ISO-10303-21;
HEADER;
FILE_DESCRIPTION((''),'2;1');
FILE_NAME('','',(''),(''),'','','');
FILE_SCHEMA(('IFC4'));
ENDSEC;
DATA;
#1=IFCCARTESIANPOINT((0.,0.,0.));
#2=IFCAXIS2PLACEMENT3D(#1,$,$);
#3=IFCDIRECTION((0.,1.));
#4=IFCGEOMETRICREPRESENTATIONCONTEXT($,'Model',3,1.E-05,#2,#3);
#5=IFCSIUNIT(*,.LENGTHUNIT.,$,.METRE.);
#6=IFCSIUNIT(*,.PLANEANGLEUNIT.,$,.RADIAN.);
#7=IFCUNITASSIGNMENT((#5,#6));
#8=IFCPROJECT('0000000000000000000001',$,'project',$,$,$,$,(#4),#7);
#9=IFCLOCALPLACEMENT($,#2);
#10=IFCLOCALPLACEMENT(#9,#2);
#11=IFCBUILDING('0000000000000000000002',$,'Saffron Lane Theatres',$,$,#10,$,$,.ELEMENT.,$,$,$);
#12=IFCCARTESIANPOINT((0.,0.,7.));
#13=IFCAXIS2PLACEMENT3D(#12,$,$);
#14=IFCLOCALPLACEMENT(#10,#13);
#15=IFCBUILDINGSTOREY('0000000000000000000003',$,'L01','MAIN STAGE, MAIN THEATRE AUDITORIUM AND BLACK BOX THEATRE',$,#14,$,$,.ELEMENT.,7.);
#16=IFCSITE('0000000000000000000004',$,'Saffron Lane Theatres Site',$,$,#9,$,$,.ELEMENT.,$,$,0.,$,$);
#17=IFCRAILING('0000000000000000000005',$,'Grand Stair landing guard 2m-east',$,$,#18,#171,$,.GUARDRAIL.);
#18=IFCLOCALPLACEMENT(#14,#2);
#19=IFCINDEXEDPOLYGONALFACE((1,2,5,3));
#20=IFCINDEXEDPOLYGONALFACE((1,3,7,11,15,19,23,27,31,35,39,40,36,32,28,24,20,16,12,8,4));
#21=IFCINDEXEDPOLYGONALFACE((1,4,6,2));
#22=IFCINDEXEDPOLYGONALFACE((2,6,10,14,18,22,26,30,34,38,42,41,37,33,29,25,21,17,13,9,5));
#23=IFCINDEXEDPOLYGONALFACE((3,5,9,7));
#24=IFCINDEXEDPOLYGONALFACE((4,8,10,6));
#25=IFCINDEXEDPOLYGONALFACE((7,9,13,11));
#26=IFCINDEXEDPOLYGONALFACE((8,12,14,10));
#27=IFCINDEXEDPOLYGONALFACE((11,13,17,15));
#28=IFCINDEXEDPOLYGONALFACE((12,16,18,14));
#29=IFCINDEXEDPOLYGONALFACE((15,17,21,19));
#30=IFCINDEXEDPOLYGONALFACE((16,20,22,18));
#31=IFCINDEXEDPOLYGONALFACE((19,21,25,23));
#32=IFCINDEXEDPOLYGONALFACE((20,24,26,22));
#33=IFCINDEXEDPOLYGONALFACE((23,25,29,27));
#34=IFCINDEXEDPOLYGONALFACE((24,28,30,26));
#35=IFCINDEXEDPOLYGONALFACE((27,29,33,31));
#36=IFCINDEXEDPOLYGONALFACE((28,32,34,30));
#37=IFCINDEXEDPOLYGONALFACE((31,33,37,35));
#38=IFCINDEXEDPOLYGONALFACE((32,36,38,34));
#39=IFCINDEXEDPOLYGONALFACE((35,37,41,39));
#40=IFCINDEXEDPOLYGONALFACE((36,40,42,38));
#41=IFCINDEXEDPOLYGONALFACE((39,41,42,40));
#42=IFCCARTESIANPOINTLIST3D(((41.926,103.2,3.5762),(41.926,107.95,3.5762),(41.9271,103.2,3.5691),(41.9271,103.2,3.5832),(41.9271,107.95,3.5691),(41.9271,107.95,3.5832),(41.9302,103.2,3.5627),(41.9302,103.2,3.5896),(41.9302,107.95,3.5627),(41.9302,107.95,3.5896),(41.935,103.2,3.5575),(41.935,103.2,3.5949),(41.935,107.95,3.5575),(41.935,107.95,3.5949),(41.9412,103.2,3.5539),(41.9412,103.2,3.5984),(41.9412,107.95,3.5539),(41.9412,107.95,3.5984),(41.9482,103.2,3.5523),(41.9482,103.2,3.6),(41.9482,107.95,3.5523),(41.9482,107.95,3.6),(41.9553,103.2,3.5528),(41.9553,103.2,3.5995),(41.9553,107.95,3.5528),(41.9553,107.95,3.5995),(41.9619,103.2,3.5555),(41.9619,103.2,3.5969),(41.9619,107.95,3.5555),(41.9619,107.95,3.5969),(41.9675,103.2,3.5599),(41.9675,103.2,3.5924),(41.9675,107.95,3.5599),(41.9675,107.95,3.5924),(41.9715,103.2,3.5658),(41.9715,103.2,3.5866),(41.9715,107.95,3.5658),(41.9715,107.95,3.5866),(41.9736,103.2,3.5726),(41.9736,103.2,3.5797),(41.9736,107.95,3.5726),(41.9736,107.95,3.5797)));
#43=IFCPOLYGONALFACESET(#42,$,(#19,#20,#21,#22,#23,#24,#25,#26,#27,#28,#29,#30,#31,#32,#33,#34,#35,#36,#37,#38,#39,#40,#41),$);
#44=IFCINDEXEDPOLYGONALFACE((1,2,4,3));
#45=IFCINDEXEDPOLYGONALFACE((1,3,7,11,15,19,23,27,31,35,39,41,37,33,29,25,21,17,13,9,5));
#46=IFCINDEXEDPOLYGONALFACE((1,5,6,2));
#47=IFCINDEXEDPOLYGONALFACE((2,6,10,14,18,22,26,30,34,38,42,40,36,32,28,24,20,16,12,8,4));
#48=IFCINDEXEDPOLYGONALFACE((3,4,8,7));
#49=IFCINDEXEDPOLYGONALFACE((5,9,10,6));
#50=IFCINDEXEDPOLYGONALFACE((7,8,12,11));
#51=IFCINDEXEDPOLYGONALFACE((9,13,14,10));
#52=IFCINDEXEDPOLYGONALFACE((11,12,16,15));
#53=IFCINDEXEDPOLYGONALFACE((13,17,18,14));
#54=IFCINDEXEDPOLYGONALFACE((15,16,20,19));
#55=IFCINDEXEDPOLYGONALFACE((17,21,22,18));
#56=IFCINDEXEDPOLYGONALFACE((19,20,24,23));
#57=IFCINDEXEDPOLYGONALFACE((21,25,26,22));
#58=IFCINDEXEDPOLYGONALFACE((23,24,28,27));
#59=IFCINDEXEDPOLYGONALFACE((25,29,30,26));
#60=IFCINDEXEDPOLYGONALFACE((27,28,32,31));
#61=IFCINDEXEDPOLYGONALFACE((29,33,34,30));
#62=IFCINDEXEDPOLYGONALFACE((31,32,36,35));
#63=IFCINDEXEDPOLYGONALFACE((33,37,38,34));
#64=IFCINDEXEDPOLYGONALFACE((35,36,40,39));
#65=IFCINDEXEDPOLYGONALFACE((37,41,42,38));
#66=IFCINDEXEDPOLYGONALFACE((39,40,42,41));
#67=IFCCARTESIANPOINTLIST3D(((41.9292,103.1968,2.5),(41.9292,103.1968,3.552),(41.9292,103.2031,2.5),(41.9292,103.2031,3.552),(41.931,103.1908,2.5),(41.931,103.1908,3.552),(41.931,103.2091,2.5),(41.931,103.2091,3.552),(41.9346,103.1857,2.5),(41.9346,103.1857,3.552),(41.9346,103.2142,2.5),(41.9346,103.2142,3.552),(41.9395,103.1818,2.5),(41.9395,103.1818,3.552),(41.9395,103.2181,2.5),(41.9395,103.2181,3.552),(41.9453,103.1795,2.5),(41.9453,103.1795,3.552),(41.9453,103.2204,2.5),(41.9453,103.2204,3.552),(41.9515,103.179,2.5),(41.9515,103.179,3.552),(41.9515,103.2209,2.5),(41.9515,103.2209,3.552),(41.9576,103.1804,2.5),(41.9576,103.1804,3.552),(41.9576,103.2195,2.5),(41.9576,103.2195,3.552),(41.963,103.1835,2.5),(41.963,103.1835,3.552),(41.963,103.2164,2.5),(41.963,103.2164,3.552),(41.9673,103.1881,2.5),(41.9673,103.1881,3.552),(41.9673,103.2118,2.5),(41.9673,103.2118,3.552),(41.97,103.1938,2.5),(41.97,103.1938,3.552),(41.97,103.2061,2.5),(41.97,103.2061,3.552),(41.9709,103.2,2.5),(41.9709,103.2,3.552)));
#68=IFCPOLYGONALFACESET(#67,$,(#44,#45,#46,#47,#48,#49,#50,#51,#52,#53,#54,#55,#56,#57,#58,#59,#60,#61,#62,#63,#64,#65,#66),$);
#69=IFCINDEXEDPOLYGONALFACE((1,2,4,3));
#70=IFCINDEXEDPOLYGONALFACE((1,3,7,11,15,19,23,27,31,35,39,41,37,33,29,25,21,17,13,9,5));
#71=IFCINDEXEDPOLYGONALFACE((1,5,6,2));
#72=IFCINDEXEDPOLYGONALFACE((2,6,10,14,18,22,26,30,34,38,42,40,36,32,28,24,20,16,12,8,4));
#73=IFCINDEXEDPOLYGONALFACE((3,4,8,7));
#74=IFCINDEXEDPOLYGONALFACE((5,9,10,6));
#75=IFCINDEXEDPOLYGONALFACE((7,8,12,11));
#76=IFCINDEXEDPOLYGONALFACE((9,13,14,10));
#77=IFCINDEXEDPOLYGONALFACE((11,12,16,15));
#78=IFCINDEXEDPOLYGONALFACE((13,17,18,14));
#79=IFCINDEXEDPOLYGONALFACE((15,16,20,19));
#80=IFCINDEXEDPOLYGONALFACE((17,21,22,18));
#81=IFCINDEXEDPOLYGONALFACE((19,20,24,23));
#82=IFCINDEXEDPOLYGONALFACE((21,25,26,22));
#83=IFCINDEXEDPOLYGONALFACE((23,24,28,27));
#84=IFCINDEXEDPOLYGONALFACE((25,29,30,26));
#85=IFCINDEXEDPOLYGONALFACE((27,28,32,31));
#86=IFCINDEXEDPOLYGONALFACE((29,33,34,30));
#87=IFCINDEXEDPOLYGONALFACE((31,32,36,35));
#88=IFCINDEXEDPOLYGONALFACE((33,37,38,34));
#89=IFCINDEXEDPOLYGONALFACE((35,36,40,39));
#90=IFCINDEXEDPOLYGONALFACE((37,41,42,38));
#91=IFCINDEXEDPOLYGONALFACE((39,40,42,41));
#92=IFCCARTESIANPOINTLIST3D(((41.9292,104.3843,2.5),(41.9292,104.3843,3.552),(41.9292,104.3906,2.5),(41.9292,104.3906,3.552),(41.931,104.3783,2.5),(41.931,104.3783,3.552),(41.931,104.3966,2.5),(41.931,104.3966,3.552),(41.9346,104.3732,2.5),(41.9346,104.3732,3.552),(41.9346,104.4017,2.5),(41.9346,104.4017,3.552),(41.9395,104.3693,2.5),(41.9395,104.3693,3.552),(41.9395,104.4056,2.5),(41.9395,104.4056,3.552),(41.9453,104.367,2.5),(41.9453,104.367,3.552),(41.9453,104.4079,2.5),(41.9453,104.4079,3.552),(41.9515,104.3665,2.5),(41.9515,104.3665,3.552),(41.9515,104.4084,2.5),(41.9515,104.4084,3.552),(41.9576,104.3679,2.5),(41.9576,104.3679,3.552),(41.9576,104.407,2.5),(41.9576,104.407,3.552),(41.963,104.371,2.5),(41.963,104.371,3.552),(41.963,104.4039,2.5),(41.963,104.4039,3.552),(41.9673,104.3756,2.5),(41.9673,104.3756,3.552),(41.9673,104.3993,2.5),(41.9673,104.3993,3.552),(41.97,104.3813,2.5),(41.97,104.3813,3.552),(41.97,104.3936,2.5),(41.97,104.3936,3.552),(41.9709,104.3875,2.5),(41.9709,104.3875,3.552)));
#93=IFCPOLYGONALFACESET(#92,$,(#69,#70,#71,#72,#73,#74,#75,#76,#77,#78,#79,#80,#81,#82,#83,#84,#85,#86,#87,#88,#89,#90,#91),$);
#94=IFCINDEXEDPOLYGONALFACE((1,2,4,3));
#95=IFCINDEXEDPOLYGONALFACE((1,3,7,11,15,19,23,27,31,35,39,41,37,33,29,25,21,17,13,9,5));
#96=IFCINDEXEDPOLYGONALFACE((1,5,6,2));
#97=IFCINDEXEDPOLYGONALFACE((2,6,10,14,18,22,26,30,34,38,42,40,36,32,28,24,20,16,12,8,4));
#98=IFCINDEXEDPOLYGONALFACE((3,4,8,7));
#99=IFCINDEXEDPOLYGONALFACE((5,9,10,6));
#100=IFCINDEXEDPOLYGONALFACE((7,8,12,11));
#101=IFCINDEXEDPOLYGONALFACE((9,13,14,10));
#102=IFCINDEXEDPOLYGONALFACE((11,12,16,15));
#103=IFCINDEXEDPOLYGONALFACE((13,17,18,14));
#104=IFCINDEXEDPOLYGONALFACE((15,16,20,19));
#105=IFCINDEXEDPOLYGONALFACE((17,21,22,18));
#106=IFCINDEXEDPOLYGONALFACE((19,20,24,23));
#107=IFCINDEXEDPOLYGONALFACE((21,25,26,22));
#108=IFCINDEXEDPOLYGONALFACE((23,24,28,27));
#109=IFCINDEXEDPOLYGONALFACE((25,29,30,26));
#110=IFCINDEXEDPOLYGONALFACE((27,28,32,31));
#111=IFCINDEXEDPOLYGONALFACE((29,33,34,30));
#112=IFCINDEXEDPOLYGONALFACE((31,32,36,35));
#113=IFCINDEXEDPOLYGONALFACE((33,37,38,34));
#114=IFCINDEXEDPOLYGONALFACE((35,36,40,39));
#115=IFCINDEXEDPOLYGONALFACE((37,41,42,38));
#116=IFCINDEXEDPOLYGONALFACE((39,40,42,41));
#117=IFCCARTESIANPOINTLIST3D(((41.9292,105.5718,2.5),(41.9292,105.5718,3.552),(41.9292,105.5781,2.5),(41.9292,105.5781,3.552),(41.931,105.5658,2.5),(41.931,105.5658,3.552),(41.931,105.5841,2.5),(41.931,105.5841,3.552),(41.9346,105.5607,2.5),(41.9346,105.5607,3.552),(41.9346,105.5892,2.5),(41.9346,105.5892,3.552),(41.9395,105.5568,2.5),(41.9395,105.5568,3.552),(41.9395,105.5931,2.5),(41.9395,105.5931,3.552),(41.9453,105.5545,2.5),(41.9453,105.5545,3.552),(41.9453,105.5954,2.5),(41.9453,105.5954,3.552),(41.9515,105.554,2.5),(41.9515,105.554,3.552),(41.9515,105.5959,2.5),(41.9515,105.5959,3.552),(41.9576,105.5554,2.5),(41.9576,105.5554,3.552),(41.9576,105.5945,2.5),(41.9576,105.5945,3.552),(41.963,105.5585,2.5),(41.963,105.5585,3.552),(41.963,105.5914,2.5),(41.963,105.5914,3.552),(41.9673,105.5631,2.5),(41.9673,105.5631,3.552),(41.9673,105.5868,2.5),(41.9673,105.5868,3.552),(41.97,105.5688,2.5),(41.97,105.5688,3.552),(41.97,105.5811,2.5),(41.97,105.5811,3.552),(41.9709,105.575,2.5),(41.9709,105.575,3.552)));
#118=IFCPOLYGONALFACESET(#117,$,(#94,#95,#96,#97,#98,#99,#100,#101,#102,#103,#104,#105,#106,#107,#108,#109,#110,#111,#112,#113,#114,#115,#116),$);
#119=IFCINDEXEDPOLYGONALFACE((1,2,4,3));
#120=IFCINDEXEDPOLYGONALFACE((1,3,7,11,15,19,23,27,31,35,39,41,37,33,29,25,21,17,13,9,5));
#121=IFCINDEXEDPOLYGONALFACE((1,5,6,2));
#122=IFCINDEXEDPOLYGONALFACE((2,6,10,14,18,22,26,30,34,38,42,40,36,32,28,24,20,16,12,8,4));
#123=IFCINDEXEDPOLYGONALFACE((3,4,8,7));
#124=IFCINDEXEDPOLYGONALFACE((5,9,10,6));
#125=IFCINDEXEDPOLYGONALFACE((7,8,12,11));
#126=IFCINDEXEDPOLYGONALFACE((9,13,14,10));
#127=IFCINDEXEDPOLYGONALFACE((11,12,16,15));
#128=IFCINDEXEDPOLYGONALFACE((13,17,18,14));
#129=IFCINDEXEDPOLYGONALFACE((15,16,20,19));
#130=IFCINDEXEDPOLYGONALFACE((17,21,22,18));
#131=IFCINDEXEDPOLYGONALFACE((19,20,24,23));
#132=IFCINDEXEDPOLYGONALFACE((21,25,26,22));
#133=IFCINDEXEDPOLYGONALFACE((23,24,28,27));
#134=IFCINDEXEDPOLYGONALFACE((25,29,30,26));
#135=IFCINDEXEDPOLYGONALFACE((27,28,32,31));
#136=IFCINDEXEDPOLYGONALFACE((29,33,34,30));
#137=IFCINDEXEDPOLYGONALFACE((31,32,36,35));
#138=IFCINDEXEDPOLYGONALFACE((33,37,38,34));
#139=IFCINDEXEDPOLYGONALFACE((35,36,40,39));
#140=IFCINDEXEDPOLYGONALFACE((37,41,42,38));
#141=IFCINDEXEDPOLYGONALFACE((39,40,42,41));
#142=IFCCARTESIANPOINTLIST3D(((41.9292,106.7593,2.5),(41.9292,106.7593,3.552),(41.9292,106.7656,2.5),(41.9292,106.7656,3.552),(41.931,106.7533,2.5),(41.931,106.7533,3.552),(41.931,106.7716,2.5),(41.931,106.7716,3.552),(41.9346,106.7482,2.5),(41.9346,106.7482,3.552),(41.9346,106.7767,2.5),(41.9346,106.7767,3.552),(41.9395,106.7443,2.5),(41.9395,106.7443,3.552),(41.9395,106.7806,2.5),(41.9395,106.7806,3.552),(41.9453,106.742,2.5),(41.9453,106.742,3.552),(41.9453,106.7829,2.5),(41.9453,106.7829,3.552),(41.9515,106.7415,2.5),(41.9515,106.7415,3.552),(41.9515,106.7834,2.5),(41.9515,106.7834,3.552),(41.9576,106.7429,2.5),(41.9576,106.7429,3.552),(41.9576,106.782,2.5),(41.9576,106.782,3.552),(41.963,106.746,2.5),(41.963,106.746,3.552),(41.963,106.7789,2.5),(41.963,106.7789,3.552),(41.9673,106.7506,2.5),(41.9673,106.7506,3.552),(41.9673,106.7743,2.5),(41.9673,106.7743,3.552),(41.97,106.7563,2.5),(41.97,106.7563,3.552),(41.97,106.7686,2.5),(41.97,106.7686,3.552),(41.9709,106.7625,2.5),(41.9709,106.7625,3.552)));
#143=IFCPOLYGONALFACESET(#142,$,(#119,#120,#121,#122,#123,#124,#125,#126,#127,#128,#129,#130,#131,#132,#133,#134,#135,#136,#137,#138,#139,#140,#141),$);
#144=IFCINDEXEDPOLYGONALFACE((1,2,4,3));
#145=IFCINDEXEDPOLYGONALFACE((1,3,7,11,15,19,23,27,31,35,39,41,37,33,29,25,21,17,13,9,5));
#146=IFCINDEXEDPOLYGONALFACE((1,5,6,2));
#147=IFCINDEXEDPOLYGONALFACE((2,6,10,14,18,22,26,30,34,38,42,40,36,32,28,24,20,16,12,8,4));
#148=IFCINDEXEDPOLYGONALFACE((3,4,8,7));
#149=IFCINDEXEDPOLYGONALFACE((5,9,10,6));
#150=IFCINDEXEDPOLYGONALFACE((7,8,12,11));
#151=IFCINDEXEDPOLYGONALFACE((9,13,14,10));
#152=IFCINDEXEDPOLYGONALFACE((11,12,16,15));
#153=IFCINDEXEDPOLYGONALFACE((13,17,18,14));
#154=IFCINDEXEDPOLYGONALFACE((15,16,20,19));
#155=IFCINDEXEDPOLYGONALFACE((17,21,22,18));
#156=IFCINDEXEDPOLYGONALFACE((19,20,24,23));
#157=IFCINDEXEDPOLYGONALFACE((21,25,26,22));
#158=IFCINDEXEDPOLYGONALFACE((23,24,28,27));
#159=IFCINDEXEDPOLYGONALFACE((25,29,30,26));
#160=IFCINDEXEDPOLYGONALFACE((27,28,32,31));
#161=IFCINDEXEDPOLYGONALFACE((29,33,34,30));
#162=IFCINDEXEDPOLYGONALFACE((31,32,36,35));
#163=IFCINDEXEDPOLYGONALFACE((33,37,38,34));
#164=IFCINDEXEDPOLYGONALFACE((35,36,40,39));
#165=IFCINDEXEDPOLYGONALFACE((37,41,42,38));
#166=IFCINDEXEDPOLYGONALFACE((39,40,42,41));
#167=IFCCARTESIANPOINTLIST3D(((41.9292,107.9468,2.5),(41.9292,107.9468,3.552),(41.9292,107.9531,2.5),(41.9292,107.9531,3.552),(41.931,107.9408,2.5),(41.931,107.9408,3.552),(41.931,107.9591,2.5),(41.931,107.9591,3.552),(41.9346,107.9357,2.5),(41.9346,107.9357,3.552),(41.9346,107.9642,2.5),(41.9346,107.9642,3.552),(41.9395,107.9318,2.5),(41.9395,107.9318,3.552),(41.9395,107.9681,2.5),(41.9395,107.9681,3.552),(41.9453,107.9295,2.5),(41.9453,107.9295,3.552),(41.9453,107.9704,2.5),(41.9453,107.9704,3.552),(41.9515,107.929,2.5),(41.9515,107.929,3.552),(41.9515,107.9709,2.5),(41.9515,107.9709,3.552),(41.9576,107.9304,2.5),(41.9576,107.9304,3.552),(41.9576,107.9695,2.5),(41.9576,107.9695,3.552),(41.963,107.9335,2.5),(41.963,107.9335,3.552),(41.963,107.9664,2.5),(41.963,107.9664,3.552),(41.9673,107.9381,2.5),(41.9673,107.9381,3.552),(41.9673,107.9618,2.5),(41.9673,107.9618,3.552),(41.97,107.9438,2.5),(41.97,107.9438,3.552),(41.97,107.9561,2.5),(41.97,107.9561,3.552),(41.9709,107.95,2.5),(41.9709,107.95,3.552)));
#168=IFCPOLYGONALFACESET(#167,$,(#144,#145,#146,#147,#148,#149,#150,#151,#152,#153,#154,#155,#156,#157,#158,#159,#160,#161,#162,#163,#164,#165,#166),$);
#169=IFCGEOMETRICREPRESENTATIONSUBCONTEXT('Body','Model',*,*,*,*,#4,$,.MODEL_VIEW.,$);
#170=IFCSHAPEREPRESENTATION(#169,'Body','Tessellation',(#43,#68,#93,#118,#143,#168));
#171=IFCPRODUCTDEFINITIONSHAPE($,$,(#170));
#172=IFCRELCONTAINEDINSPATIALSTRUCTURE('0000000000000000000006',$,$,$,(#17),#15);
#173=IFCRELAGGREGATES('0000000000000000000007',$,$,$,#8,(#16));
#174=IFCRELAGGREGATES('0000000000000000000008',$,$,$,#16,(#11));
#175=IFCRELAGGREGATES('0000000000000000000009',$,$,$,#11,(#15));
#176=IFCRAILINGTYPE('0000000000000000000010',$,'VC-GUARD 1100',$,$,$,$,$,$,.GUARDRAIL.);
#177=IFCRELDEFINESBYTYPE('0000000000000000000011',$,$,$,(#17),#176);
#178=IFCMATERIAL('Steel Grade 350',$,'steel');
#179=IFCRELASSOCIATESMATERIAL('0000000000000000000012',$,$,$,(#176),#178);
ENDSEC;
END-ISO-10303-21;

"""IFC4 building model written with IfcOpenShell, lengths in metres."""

from ifc_helpers import new_model, si_unit, direction, frame, origin, origin_2d, place, context, subcontext, project, spatial, circle, extrude, material, type_object, element, save


model = new_model("IFC4")

# Units and contexts
model_context = context("Model", 3, precision=1e-05, world=origin(), true_north=direction((0.0, 1.0)))
body_context = subcontext(model_context, "Body", "Model", "MODEL_VIEW")
ifc_project = project(units=[si_unit("LENGTHUNIT", "METRE"), si_unit("PLANEANGLEUNIT", "RADIAN")], contexts=[model_context])

# Site, building, storey
site_placement = place(None, origin())
site = spatial("IfcSite", under=ifc_project, at=site_placement, Name="Saffron Lane Theatres Site", CompositionType="ELEMENT", RefElevation=0.0)
building_placement = place(site_placement, origin())
building = spatial("IfcBuilding", under=site, at=building_placement, Name="Saffron Lane Theatres", CompositionType="ELEMENT")
storey_placement = place(building_placement, frame((0.0, 0.0, 7.0)))
storey = spatial("IfcBuildingStorey", under=building, at=storey_placement, Name="L01", Description="MAIN STAGE, MAIN THEATRE AUDITORIUM AND BLACK BOX THEATRE", CompositionType="ELEMENT", Elevation=7.0)

# Railing
ifc_material_1 = material(Name="Steel Grade 350", Category="steel")
railing_type_1 = type_object("IfcRailingType", Name="VC-GUARD 1100", PredefinedType="GUARDRAIL", material=ifc_material_1)
railing_1_placement = place(storey_placement, frame((41.95, 103.2, 2.5)))
element("IfcRailing", 1, at=railing_1_placement, inside=storey, type_object=railing_type_1, Name="Grand Stair landing guard 2m-east", PredefinedType="GUARDRAIL", context=body_context, shape_type="SweptSolid", body=[
    extrude(circle(Radius=0.0239, at=origin_2d()), frame((0.0, 0.0, 1.0762), z_axis=(0.0, 1.0, 0.0), x_axis=(-1.0, 0.0, 0.0)), (0.0, 0.0, 1.0), 4.75),
    extrude(circle(Radius=0.021, at=origin_2d()), origin(), (0.0, 0.0, 1.0), 1.052),
    extrude(circle(Radius=0.021, at=origin_2d()), frame((0.0, 1.1875, 0.0)), (0.0, 0.0, 1.0), 1.052),
    extrude(circle(Radius=0.021, at=origin_2d()), frame((0.0, 2.375, 0.0)), (0.0, 0.0, 1.0), 1.052),
    extrude(circle(Radius=0.021, at=origin_2d()), frame((0.0, 3.5625, 0.0)), (0.0, 0.0, 1.0), 1.052),
    extrude(circle(Radius=0.021, at=origin_2d()), frame((0.0, 4.75, 0.0)), (0.0, 0.0, 1.0), 1.052),
])

save(model, "model.ifc")
